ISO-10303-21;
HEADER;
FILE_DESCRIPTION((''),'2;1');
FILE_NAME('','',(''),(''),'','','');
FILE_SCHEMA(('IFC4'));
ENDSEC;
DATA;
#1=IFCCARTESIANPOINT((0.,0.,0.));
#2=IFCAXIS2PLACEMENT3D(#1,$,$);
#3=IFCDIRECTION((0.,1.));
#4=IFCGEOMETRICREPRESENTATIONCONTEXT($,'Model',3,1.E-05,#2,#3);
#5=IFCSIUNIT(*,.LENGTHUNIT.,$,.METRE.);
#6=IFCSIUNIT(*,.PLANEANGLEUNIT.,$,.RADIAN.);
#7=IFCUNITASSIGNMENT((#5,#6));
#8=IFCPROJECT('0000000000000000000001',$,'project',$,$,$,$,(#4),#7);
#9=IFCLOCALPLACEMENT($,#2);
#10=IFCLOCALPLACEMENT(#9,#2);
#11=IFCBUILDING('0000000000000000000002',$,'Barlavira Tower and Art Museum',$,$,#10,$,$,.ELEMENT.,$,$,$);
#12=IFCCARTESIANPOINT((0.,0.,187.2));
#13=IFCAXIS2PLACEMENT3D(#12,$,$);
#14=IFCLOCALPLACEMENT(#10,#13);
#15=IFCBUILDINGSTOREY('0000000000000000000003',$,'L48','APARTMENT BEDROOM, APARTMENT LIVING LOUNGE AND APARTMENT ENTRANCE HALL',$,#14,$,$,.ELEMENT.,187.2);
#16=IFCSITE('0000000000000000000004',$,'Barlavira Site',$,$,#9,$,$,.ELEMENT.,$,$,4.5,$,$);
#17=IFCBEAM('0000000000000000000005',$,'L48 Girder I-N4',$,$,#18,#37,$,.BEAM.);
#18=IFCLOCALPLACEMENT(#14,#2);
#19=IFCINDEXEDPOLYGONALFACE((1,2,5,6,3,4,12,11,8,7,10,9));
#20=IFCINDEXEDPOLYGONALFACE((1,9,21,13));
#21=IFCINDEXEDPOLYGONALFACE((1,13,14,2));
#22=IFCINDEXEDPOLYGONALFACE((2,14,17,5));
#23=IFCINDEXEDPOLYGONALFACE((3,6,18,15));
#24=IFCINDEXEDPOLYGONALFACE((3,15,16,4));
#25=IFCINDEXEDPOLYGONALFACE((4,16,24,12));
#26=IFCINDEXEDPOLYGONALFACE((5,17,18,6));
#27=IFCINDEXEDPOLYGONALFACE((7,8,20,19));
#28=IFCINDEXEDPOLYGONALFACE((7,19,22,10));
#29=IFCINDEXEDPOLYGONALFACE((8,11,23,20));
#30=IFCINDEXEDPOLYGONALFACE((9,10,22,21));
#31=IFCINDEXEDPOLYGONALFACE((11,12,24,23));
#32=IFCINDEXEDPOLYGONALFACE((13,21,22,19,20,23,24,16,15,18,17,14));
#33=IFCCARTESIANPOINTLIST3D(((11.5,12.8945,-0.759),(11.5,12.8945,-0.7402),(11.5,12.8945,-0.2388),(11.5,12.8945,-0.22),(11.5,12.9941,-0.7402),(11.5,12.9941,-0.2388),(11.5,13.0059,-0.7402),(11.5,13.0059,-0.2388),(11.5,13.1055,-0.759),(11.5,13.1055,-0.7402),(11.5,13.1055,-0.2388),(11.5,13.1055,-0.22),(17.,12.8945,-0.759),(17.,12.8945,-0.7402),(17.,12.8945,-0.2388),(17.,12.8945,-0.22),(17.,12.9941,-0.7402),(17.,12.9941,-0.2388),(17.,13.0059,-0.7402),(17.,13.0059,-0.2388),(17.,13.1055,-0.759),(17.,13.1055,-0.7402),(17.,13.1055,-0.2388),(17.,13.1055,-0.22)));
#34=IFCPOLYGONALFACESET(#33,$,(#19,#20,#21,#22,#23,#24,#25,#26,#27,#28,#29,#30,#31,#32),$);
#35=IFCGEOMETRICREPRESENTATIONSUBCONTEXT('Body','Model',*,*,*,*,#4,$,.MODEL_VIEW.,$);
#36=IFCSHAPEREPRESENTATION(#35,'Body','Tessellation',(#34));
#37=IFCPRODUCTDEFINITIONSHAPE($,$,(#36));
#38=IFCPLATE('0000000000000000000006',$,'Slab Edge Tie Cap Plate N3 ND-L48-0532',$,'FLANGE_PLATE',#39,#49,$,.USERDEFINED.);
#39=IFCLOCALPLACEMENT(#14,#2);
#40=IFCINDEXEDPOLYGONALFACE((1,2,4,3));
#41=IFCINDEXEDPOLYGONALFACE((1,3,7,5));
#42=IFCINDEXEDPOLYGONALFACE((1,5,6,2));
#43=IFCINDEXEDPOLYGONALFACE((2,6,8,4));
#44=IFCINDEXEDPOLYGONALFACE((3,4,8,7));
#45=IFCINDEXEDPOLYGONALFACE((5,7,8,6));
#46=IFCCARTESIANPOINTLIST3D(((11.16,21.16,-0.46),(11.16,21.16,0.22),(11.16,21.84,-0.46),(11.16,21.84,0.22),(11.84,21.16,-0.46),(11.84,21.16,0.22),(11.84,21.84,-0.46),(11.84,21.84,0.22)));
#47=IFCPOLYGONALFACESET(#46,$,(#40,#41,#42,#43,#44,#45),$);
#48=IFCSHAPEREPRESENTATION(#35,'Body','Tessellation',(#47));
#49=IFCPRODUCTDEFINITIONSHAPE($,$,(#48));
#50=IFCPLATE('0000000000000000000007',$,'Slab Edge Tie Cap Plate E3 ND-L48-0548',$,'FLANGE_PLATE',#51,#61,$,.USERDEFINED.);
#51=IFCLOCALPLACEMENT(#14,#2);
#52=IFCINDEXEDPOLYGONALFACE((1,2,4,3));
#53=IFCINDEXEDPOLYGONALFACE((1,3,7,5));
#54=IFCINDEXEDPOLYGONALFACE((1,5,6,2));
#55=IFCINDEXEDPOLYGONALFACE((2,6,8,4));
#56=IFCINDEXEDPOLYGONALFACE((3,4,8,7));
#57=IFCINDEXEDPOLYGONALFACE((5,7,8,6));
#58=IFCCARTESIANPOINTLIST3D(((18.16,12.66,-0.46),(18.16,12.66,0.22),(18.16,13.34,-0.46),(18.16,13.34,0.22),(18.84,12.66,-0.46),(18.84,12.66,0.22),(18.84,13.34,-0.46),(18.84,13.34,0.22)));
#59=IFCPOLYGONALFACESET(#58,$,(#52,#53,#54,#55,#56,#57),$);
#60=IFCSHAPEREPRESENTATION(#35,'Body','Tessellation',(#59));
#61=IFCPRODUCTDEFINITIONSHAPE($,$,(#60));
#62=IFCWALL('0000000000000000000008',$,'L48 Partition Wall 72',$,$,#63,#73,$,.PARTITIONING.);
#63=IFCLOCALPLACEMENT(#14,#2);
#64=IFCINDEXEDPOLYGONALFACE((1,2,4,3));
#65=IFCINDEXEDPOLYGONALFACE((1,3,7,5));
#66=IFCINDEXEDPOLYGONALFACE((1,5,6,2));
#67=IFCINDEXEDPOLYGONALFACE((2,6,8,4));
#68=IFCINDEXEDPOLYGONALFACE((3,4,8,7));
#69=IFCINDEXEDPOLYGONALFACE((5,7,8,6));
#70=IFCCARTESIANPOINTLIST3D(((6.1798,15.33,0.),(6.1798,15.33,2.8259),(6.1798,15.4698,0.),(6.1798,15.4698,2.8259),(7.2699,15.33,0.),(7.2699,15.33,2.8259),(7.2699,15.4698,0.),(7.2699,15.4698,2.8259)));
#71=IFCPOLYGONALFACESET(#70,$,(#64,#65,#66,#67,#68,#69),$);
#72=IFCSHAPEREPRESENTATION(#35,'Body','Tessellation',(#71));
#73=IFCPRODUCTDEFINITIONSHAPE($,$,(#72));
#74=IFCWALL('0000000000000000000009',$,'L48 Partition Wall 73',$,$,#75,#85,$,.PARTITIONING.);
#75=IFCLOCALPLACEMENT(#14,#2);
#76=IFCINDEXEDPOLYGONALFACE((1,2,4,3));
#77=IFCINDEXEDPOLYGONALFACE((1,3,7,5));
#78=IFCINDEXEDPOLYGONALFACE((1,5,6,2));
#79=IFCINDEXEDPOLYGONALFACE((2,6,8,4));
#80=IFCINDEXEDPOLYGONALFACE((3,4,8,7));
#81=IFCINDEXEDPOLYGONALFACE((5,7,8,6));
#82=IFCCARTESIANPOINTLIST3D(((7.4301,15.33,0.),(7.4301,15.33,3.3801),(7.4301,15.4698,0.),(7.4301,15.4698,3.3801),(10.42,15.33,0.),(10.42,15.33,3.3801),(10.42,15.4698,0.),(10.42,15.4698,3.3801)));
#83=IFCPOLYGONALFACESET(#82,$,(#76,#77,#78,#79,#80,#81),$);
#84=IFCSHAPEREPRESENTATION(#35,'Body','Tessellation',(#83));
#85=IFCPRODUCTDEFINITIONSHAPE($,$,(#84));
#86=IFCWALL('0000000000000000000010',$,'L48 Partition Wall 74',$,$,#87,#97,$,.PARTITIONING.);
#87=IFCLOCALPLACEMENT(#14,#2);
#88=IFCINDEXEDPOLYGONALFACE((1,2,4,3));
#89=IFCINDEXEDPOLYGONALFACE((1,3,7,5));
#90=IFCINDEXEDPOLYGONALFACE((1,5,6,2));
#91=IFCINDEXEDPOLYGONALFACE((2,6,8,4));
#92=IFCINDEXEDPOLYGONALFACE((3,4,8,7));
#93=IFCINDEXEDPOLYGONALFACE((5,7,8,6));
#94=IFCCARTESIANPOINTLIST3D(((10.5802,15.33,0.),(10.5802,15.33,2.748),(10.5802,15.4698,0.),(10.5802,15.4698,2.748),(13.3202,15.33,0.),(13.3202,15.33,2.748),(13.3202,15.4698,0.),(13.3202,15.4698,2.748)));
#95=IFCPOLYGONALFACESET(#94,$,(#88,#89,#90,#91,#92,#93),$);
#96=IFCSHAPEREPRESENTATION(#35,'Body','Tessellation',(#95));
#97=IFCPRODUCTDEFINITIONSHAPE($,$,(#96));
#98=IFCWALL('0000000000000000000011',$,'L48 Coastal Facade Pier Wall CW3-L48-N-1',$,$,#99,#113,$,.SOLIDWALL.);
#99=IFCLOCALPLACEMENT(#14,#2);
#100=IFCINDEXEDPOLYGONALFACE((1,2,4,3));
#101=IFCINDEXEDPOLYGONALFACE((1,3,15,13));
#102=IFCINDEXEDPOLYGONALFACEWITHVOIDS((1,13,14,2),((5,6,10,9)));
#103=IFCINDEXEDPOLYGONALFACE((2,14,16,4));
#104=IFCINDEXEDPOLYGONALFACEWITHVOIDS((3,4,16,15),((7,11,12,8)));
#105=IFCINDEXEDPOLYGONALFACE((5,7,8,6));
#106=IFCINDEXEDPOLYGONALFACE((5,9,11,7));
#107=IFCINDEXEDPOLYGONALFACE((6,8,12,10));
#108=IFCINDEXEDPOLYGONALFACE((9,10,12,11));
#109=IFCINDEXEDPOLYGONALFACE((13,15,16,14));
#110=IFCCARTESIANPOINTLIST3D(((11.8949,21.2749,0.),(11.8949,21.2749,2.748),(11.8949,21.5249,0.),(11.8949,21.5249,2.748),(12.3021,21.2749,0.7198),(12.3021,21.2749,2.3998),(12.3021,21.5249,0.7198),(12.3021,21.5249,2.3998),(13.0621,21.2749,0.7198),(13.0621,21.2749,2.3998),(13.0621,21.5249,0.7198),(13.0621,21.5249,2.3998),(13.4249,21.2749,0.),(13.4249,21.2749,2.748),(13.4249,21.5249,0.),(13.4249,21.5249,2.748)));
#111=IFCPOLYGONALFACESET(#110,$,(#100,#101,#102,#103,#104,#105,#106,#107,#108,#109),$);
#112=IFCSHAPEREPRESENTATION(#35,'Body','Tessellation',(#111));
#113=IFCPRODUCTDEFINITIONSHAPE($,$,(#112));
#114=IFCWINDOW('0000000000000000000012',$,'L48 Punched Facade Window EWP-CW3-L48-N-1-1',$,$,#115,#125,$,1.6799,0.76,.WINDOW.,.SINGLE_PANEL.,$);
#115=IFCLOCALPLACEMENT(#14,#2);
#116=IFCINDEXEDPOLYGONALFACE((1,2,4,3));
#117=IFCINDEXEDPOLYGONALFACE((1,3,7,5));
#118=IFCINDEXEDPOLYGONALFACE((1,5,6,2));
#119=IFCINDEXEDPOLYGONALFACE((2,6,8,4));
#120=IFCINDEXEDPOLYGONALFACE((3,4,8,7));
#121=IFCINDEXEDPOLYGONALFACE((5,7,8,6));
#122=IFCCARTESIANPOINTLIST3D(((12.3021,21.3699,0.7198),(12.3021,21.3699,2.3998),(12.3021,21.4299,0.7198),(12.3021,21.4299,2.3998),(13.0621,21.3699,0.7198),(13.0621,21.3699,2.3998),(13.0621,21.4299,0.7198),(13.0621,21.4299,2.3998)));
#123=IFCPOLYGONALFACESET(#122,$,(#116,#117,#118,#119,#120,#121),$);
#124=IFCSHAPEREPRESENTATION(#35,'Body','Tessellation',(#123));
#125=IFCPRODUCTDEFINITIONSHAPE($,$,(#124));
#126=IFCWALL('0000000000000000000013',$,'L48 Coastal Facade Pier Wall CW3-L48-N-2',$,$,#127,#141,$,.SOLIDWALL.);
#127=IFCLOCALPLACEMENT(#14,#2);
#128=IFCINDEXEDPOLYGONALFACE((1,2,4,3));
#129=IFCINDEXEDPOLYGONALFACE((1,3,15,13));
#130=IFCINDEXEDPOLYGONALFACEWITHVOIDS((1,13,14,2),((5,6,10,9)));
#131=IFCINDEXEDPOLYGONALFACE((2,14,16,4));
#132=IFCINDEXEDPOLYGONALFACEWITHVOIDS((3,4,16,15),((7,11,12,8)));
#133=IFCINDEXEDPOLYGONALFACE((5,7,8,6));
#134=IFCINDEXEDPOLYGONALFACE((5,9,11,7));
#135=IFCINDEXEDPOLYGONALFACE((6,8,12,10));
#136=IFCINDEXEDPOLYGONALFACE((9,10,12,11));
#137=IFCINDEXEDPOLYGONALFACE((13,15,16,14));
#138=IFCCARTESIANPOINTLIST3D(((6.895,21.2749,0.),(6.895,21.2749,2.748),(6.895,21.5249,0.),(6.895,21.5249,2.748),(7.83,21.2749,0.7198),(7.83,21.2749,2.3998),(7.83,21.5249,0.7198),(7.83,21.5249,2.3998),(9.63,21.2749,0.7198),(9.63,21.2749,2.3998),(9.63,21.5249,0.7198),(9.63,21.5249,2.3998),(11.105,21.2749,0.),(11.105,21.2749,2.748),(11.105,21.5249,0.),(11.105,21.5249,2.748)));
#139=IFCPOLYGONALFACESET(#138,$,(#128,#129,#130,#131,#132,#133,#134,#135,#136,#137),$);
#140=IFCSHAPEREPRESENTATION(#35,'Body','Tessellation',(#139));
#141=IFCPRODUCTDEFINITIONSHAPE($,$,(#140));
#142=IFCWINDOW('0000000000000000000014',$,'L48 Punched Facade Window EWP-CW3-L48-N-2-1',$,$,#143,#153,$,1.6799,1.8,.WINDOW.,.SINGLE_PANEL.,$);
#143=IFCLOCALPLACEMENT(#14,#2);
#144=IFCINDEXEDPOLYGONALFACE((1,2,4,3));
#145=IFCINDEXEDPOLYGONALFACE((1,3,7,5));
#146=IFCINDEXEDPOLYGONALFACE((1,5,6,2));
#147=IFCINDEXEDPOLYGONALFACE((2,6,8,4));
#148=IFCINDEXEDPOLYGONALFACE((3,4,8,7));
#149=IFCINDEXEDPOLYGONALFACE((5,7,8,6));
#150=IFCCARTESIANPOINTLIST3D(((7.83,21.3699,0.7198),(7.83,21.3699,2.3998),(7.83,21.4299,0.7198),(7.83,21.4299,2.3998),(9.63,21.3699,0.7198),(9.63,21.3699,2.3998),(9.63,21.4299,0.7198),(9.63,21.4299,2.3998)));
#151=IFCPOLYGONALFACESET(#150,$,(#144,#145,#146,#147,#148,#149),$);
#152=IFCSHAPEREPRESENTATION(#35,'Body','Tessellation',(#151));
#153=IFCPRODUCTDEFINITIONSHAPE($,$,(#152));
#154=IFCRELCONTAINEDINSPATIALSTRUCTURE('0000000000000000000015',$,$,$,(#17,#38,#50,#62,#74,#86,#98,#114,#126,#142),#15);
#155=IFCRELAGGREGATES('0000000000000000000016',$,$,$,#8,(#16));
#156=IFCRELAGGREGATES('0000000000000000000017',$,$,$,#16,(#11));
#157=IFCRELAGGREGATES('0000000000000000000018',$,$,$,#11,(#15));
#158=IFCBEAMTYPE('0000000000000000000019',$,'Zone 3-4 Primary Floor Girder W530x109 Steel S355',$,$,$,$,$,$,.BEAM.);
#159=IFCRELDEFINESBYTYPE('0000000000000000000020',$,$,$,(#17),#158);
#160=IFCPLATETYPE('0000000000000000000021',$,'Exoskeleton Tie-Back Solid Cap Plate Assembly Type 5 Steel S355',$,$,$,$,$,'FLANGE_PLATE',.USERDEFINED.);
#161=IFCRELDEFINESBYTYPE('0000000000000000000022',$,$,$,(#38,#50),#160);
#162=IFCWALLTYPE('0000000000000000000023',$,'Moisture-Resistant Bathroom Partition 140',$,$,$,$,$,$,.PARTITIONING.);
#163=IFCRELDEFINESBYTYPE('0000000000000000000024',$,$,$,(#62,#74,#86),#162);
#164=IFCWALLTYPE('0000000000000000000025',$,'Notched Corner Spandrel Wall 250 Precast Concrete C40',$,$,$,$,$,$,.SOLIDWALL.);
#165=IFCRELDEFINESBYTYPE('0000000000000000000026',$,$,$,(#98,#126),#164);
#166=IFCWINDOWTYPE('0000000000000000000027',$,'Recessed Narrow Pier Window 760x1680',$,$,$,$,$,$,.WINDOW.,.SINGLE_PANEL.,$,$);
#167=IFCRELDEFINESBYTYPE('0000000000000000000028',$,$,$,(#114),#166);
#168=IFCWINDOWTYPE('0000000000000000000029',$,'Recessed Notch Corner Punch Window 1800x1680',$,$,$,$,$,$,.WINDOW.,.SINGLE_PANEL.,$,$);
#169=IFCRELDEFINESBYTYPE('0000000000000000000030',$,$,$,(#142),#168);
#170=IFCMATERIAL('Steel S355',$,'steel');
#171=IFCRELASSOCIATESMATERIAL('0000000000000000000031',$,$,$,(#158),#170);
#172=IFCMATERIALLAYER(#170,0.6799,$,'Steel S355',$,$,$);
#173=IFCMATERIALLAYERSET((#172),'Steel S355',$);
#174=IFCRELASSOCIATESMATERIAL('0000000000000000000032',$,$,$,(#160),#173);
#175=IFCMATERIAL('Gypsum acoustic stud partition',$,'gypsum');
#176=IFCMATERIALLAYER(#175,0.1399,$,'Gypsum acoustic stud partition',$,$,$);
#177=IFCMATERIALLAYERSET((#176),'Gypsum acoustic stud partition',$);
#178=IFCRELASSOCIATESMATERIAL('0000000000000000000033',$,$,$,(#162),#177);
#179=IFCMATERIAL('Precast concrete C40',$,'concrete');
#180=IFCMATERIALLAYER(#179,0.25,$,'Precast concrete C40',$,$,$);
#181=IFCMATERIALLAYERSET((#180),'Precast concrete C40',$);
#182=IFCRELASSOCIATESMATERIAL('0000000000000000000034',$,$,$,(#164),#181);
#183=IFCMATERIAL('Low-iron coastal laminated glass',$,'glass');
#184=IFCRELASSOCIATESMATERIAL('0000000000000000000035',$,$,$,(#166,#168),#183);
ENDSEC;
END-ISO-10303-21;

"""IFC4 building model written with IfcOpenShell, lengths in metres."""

from ifc_helpers import new_model, si_unit, direction, frame, frame_2d, origin, origin_2d, place, context, subcontext, project, spatial, rectangle, i_section, extrude, material, layer, layer_set, material_profile, profile_set, type_object, element, fill, save


model = new_model("IFC4")

# Units and contexts
model_context = context("Model", 3, precision=1e-05, world=origin(), true_north=direction((0.0, 1.0)))
body_context = subcontext(model_context, "Body", "Model", "MODEL_VIEW")
ifc_project = project(units=[si_unit("LENGTHUNIT", "METRE"), si_unit("PLANEANGLEUNIT", "RADIAN")], contexts=[model_context])

# Site, building, storey
site_placement = place(None, origin())
site = spatial("IfcSite", under=ifc_project, at=site_placement, Name="Barlavira Site", CompositionType="ELEMENT", RefElevation=4.5)
building_placement = place(site_placement, origin())
building = spatial("IfcBuilding", under=site, at=building_placement, Name="Barlavira Tower and Art Museum", CompositionType="ELEMENT")
storey_placement = place(building_placement, frame((0.0, 0.0, 187.2)))
storey = spatial("IfcBuildingStorey", under=building, at=storey_placement, Name="L48", Description="APARTMENT BEDROOM, APARTMENT LIVING LOUNGE AND APARTMENT ENTRANCE HALL", CompositionType="ELEMENT", Elevation=187.2)

# Shared definitions
ifc_material_1 = material(Name="Steel S355", Category="steel")

# Beam
ifc_material_profile_1 = material_profile(ifc_material_1, i_section(OverallWidth=0.2109, OverallDepth=0.5391, WebThickness=0.0117, FlangeThickness=0.0188, at=origin_2d()), Name="W530x109.0")
ifc_profile_set_1 = profile_set([ifc_material_profile_1], Name="Steel S355")
beam_type_1 = type_object("IfcBeamType", Name="Zone 3-4 Primary Floor Girder W530x109 Steel S355", PredefinedType="BEAM", material=ifc_profile_set_1)
beam_1_placement = place(storey_placement, frame((11.5, 13.0, -0.4895), z_axis=(1.0, 0.0, 0.0), x_axis=(0.0, 1.0, 0.0)))
element("IfcBeam", 1, at=beam_1_placement, inside=storey, type_object=beam_type_1, Name="L48 Girder I-N4", PredefinedType="BEAM", context=body_context, shape_type="SweptSolid", body=[
    extrude(i_section(OverallWidth=0.2109, OverallDepth=0.5391, WebThickness=0.0117, FlangeThickness=0.0188, at=origin_2d()), origin(), (0.0, 0.0, 1.0), 5.5),
])

# Plates
ifc_layer_1 = layer(ifc_material_1, 0.6799, Name="Steel S355")
ifc_layer_set_1 = layer_set([ifc_layer_1], Name="Steel S355")
plate_type = type_object("IfcPlateType", Name="Exoskeleton Tie-Back Solid Cap Plate Assembly Type 5 Steel S355", ElementType="FLANGE_PLATE", PredefinedType="USERDEFINED", material=ifc_layer_set_1)
for number, where, z_axis, x_axis, name in (
    (2, (11.5, 21.5, -0.46), (0.0, 0.0, 1.0), (1.0, 0.0, 0.0), "Slab Edge Tie Cap Plate N3 ND-L48-0532"),
    (3, (18.5, 13.0, -0.46), (0.0, 0.0, 1.0), (1.0, 0.0, 0.0), "Slab Edge Tie Cap Plate E3 ND-L48-0548"),
):
    element("IfcPlate", number, at=place(storey_placement, frame(where, z_axis=z_axis, x_axis=x_axis)), inside=storey, type_object=plate_type, Name=name, ObjectType="FLANGE_PLATE", PredefinedType="USERDEFINED", context=body_context, shape_type="SweptSolid", body=[
        extrude(rectangle(XDim=0.6799, YDim=0.6799, at=origin_2d()), origin(), (0.0, 0.0, 1.0), 0.6799),
    ])

# Walls
ifc_material_2 = material(Name="Gypsum acoustic stud partition", Category="gypsum")
ifc_layer_2 = layer(ifc_material_2, 0.1399, Name="Gypsum acoustic stud partition")
ifc_layer_set_2 = layer_set([ifc_layer_2], Name="Gypsum acoustic stud partition")
wall_type_1 = type_object("IfcWallType", Name="Moisture-Resistant Bathroom Partition 140", PredefinedType="PARTITIONING", material=ifc_layer_set_2)
wall_1_placement = place(storey_placement, frame((6.1799, 15.3999, 0.0), z_axis=(0.0, 0.0, 1.0), x_axis=(1.0, 0.0, 0.0)))
element("IfcWall", 4, at=wall_1_placement, inside=storey, type_object=wall_type_1, Name="L48 Partition Wall 72", PredefinedType="PARTITIONING", context=body_context, shape_type="SweptSolid", body=[
    extrude(rectangle(XDim=1.0901, YDim=0.1399, at=frame_2d((0.5449, 0.0))), origin(), (0.0, 0.0, 1.0), 2.8259),
])
wall_2_placement = place(storey_placement, frame((7.4299, 15.3999, 0.0), z_axis=(0.0, 0.0, 1.0), x_axis=(1.0, 0.0, 0.0)))
element("IfcWall", 5, at=wall_2_placement, inside=storey, type_object=wall_type_1, Name="L48 Partition Wall 73", PredefinedType="PARTITIONING", context=body_context, shape_type="SweptSolid", body=[
    extrude(rectangle(XDim=2.99, YDim=0.1399, at=frame_2d((1.4951, 0.0))), origin(), (0.0, 0.0, 1.0), 3.3801),
])
wall_3_placement = place(storey_placement, frame((10.5801, 15.3999, 0.0), z_axis=(0.0, 0.0, 1.0), x_axis=(1.0, 0.0, 0.0)))
element("IfcWall", 6, at=wall_3_placement, inside=storey, type_object=wall_type_1, Name="L48 Partition Wall 74", PredefinedType="PARTITIONING", context=body_context, shape_type="SweptSolid", body=[
    extrude(rectangle(XDim=2.74, YDim=0.1399, at=frame_2d((1.3701, 0.0))), origin(), (0.0, 0.0, 1.0), 2.748),
])

# Walls, openings, windows
ifc_material_3 = material(Name="Precast concrete C40", Category="concrete")
ifc_layer_3 = layer(ifc_material_3, 0.25, Name="Precast concrete C40")
ifc_layer_set_3 = layer_set([ifc_layer_3], Name="Precast concrete C40")
wall_type_2 = type_object("IfcWallType", Name="Notched Corner Spandrel Wall 250 Precast Concrete C40", PredefinedType="SOLIDWALL", material=ifc_layer_set_3)
wall_4_placement = place(storey_placement, frame((13.425, 21.3999, 0.0), z_axis=(0.0, 0.0, 1.0), x_axis=(-1.0, 0.0, 0.0)))
wall_4 = element("IfcWall", 7, at=wall_4_placement, inside=storey, type_object=wall_type_2, Name="L48 Coastal Facade Pier Wall CW3-L48-N-1", PredefinedType="SOLIDWALL", context=body_context, shape_type="SweptSolid", body=[
    extrude(rectangle(XDim=1.53, YDim=0.25, at=frame_2d((0.7651, 0.0))), origin(), (0.0, 0.0, 1.0), 2.748),
])
opening_1_placement = place(wall_4_placement, frame((0.363, 0.0, 0.72)))
opening_1 = element("IfcOpeningElement", 8, at=opening_1_placement, cuts=wall_4, PredefinedType="OPENING", context=body_context, shape_type="SweptSolid", body=[
    extrude(rectangle(XDim=0.76, YDim=1.6799, at=frame_2d((0.3799, 0.8398))), frame((0.0, 0.135, 0.0), z_axis=(0.0, -1.0, 0.0), x_axis=(1.0, 0.0, 0.0)), (0.0, 0.0, 1.0), 0.27),
])
ifc_material_4 = material(Name="Low-iron coastal laminated glass", Category="glass")
window_type_1 = type_object("IfcWindowType", Name="Recessed Narrow Pier Window 760x1680", PartitioningType="SINGLE_PANEL", PredefinedType="WINDOW", material=ifc_material_4)
window_1_placement = place(opening_1_placement, origin())
window_1 = element("IfcWindow", 9, at=window_1_placement, inside=storey, type_object=window_type_1, Name="L48 Punched Facade Window EWP-CW3-L48-N-1-1", OverallHeight=1.6799, OverallWidth=0.76, PartitioningType="SINGLE_PANEL", PredefinedType="WINDOW", context=body_context, shape_type="SweptSolid", body=[
    extrude(rectangle(XDim=0.76, YDim=1.6799, at=frame_2d((0.3799, 0.8398))), frame((0.0, 0.03, 0.0), z_axis=(0.0, -1.0, 0.0), x_axis=(1.0, 0.0, 0.0)), (0.0, 0.0, 1.0), 0.0601),
])
fill(opening_1, window_1)
wall_5_placement = place(storey_placement, frame((11.105, 21.3999, 0.0), z_axis=(0.0, 0.0, 1.0), x_axis=(-1.0, 0.0, 0.0)))
wall_5 = element("IfcWall", 10, at=wall_5_placement, inside=storey, type_object=wall_type_2, Name="L48 Coastal Facade Pier Wall CW3-L48-N-2", PredefinedType="SOLIDWALL", context=body_context, shape_type="SweptSolid", body=[
    extrude(rectangle(XDim=4.21, YDim=0.25, at=frame_2d((2.105, 0.0))), origin(), (0.0, 0.0, 1.0), 2.748),
])
opening_2_placement = place(wall_5_placement, frame((1.4751, 0.0, 0.72)))
opening_2 = element("IfcOpeningElement", 11, at=opening_2_placement, cuts=wall_5, PredefinedType="OPENING", context=body_context, shape_type="SweptSolid", body=[
    extrude(rectangle(XDim=1.8, YDim=1.6799, at=frame_2d((0.8999, 0.8398))), frame((0.0, 0.135, 0.0), z_axis=(0.0, -1.0, 0.0), x_axis=(1.0, 0.0, 0.0)), (0.0, 0.0, 1.0), 0.27),
])
window_type_2 = type_object("IfcWindowType", Name="Recessed Notch Corner Punch Window 1800x1680", PartitioningType="SINGLE_PANEL", PredefinedType="WINDOW", material=ifc_material_4)
window_2_placement = place(opening_2_placement, origin())
window_2 = element("IfcWindow", 12, at=window_2_placement, inside=storey, type_object=window_type_2, Name="L48 Punched Facade Window EWP-CW3-L48-N-2-1", OverallHeight=1.6799, OverallWidth=1.8, PartitioningType="SINGLE_PANEL", PredefinedType="WINDOW", context=body_context, shape_type="SweptSolid", body=[
    extrude(rectangle(XDim=1.8, YDim=1.6799, at=frame_2d((0.8999, 0.8398))), frame((0.0, 0.03, 0.0), z_axis=(0.0, -1.0, 0.0), x_axis=(1.0, 0.0, 0.0)), (0.0, 0.0, 1.0), 0.0601),
])
fill(opening_2, window_2)

save(model, "model.ifc")
